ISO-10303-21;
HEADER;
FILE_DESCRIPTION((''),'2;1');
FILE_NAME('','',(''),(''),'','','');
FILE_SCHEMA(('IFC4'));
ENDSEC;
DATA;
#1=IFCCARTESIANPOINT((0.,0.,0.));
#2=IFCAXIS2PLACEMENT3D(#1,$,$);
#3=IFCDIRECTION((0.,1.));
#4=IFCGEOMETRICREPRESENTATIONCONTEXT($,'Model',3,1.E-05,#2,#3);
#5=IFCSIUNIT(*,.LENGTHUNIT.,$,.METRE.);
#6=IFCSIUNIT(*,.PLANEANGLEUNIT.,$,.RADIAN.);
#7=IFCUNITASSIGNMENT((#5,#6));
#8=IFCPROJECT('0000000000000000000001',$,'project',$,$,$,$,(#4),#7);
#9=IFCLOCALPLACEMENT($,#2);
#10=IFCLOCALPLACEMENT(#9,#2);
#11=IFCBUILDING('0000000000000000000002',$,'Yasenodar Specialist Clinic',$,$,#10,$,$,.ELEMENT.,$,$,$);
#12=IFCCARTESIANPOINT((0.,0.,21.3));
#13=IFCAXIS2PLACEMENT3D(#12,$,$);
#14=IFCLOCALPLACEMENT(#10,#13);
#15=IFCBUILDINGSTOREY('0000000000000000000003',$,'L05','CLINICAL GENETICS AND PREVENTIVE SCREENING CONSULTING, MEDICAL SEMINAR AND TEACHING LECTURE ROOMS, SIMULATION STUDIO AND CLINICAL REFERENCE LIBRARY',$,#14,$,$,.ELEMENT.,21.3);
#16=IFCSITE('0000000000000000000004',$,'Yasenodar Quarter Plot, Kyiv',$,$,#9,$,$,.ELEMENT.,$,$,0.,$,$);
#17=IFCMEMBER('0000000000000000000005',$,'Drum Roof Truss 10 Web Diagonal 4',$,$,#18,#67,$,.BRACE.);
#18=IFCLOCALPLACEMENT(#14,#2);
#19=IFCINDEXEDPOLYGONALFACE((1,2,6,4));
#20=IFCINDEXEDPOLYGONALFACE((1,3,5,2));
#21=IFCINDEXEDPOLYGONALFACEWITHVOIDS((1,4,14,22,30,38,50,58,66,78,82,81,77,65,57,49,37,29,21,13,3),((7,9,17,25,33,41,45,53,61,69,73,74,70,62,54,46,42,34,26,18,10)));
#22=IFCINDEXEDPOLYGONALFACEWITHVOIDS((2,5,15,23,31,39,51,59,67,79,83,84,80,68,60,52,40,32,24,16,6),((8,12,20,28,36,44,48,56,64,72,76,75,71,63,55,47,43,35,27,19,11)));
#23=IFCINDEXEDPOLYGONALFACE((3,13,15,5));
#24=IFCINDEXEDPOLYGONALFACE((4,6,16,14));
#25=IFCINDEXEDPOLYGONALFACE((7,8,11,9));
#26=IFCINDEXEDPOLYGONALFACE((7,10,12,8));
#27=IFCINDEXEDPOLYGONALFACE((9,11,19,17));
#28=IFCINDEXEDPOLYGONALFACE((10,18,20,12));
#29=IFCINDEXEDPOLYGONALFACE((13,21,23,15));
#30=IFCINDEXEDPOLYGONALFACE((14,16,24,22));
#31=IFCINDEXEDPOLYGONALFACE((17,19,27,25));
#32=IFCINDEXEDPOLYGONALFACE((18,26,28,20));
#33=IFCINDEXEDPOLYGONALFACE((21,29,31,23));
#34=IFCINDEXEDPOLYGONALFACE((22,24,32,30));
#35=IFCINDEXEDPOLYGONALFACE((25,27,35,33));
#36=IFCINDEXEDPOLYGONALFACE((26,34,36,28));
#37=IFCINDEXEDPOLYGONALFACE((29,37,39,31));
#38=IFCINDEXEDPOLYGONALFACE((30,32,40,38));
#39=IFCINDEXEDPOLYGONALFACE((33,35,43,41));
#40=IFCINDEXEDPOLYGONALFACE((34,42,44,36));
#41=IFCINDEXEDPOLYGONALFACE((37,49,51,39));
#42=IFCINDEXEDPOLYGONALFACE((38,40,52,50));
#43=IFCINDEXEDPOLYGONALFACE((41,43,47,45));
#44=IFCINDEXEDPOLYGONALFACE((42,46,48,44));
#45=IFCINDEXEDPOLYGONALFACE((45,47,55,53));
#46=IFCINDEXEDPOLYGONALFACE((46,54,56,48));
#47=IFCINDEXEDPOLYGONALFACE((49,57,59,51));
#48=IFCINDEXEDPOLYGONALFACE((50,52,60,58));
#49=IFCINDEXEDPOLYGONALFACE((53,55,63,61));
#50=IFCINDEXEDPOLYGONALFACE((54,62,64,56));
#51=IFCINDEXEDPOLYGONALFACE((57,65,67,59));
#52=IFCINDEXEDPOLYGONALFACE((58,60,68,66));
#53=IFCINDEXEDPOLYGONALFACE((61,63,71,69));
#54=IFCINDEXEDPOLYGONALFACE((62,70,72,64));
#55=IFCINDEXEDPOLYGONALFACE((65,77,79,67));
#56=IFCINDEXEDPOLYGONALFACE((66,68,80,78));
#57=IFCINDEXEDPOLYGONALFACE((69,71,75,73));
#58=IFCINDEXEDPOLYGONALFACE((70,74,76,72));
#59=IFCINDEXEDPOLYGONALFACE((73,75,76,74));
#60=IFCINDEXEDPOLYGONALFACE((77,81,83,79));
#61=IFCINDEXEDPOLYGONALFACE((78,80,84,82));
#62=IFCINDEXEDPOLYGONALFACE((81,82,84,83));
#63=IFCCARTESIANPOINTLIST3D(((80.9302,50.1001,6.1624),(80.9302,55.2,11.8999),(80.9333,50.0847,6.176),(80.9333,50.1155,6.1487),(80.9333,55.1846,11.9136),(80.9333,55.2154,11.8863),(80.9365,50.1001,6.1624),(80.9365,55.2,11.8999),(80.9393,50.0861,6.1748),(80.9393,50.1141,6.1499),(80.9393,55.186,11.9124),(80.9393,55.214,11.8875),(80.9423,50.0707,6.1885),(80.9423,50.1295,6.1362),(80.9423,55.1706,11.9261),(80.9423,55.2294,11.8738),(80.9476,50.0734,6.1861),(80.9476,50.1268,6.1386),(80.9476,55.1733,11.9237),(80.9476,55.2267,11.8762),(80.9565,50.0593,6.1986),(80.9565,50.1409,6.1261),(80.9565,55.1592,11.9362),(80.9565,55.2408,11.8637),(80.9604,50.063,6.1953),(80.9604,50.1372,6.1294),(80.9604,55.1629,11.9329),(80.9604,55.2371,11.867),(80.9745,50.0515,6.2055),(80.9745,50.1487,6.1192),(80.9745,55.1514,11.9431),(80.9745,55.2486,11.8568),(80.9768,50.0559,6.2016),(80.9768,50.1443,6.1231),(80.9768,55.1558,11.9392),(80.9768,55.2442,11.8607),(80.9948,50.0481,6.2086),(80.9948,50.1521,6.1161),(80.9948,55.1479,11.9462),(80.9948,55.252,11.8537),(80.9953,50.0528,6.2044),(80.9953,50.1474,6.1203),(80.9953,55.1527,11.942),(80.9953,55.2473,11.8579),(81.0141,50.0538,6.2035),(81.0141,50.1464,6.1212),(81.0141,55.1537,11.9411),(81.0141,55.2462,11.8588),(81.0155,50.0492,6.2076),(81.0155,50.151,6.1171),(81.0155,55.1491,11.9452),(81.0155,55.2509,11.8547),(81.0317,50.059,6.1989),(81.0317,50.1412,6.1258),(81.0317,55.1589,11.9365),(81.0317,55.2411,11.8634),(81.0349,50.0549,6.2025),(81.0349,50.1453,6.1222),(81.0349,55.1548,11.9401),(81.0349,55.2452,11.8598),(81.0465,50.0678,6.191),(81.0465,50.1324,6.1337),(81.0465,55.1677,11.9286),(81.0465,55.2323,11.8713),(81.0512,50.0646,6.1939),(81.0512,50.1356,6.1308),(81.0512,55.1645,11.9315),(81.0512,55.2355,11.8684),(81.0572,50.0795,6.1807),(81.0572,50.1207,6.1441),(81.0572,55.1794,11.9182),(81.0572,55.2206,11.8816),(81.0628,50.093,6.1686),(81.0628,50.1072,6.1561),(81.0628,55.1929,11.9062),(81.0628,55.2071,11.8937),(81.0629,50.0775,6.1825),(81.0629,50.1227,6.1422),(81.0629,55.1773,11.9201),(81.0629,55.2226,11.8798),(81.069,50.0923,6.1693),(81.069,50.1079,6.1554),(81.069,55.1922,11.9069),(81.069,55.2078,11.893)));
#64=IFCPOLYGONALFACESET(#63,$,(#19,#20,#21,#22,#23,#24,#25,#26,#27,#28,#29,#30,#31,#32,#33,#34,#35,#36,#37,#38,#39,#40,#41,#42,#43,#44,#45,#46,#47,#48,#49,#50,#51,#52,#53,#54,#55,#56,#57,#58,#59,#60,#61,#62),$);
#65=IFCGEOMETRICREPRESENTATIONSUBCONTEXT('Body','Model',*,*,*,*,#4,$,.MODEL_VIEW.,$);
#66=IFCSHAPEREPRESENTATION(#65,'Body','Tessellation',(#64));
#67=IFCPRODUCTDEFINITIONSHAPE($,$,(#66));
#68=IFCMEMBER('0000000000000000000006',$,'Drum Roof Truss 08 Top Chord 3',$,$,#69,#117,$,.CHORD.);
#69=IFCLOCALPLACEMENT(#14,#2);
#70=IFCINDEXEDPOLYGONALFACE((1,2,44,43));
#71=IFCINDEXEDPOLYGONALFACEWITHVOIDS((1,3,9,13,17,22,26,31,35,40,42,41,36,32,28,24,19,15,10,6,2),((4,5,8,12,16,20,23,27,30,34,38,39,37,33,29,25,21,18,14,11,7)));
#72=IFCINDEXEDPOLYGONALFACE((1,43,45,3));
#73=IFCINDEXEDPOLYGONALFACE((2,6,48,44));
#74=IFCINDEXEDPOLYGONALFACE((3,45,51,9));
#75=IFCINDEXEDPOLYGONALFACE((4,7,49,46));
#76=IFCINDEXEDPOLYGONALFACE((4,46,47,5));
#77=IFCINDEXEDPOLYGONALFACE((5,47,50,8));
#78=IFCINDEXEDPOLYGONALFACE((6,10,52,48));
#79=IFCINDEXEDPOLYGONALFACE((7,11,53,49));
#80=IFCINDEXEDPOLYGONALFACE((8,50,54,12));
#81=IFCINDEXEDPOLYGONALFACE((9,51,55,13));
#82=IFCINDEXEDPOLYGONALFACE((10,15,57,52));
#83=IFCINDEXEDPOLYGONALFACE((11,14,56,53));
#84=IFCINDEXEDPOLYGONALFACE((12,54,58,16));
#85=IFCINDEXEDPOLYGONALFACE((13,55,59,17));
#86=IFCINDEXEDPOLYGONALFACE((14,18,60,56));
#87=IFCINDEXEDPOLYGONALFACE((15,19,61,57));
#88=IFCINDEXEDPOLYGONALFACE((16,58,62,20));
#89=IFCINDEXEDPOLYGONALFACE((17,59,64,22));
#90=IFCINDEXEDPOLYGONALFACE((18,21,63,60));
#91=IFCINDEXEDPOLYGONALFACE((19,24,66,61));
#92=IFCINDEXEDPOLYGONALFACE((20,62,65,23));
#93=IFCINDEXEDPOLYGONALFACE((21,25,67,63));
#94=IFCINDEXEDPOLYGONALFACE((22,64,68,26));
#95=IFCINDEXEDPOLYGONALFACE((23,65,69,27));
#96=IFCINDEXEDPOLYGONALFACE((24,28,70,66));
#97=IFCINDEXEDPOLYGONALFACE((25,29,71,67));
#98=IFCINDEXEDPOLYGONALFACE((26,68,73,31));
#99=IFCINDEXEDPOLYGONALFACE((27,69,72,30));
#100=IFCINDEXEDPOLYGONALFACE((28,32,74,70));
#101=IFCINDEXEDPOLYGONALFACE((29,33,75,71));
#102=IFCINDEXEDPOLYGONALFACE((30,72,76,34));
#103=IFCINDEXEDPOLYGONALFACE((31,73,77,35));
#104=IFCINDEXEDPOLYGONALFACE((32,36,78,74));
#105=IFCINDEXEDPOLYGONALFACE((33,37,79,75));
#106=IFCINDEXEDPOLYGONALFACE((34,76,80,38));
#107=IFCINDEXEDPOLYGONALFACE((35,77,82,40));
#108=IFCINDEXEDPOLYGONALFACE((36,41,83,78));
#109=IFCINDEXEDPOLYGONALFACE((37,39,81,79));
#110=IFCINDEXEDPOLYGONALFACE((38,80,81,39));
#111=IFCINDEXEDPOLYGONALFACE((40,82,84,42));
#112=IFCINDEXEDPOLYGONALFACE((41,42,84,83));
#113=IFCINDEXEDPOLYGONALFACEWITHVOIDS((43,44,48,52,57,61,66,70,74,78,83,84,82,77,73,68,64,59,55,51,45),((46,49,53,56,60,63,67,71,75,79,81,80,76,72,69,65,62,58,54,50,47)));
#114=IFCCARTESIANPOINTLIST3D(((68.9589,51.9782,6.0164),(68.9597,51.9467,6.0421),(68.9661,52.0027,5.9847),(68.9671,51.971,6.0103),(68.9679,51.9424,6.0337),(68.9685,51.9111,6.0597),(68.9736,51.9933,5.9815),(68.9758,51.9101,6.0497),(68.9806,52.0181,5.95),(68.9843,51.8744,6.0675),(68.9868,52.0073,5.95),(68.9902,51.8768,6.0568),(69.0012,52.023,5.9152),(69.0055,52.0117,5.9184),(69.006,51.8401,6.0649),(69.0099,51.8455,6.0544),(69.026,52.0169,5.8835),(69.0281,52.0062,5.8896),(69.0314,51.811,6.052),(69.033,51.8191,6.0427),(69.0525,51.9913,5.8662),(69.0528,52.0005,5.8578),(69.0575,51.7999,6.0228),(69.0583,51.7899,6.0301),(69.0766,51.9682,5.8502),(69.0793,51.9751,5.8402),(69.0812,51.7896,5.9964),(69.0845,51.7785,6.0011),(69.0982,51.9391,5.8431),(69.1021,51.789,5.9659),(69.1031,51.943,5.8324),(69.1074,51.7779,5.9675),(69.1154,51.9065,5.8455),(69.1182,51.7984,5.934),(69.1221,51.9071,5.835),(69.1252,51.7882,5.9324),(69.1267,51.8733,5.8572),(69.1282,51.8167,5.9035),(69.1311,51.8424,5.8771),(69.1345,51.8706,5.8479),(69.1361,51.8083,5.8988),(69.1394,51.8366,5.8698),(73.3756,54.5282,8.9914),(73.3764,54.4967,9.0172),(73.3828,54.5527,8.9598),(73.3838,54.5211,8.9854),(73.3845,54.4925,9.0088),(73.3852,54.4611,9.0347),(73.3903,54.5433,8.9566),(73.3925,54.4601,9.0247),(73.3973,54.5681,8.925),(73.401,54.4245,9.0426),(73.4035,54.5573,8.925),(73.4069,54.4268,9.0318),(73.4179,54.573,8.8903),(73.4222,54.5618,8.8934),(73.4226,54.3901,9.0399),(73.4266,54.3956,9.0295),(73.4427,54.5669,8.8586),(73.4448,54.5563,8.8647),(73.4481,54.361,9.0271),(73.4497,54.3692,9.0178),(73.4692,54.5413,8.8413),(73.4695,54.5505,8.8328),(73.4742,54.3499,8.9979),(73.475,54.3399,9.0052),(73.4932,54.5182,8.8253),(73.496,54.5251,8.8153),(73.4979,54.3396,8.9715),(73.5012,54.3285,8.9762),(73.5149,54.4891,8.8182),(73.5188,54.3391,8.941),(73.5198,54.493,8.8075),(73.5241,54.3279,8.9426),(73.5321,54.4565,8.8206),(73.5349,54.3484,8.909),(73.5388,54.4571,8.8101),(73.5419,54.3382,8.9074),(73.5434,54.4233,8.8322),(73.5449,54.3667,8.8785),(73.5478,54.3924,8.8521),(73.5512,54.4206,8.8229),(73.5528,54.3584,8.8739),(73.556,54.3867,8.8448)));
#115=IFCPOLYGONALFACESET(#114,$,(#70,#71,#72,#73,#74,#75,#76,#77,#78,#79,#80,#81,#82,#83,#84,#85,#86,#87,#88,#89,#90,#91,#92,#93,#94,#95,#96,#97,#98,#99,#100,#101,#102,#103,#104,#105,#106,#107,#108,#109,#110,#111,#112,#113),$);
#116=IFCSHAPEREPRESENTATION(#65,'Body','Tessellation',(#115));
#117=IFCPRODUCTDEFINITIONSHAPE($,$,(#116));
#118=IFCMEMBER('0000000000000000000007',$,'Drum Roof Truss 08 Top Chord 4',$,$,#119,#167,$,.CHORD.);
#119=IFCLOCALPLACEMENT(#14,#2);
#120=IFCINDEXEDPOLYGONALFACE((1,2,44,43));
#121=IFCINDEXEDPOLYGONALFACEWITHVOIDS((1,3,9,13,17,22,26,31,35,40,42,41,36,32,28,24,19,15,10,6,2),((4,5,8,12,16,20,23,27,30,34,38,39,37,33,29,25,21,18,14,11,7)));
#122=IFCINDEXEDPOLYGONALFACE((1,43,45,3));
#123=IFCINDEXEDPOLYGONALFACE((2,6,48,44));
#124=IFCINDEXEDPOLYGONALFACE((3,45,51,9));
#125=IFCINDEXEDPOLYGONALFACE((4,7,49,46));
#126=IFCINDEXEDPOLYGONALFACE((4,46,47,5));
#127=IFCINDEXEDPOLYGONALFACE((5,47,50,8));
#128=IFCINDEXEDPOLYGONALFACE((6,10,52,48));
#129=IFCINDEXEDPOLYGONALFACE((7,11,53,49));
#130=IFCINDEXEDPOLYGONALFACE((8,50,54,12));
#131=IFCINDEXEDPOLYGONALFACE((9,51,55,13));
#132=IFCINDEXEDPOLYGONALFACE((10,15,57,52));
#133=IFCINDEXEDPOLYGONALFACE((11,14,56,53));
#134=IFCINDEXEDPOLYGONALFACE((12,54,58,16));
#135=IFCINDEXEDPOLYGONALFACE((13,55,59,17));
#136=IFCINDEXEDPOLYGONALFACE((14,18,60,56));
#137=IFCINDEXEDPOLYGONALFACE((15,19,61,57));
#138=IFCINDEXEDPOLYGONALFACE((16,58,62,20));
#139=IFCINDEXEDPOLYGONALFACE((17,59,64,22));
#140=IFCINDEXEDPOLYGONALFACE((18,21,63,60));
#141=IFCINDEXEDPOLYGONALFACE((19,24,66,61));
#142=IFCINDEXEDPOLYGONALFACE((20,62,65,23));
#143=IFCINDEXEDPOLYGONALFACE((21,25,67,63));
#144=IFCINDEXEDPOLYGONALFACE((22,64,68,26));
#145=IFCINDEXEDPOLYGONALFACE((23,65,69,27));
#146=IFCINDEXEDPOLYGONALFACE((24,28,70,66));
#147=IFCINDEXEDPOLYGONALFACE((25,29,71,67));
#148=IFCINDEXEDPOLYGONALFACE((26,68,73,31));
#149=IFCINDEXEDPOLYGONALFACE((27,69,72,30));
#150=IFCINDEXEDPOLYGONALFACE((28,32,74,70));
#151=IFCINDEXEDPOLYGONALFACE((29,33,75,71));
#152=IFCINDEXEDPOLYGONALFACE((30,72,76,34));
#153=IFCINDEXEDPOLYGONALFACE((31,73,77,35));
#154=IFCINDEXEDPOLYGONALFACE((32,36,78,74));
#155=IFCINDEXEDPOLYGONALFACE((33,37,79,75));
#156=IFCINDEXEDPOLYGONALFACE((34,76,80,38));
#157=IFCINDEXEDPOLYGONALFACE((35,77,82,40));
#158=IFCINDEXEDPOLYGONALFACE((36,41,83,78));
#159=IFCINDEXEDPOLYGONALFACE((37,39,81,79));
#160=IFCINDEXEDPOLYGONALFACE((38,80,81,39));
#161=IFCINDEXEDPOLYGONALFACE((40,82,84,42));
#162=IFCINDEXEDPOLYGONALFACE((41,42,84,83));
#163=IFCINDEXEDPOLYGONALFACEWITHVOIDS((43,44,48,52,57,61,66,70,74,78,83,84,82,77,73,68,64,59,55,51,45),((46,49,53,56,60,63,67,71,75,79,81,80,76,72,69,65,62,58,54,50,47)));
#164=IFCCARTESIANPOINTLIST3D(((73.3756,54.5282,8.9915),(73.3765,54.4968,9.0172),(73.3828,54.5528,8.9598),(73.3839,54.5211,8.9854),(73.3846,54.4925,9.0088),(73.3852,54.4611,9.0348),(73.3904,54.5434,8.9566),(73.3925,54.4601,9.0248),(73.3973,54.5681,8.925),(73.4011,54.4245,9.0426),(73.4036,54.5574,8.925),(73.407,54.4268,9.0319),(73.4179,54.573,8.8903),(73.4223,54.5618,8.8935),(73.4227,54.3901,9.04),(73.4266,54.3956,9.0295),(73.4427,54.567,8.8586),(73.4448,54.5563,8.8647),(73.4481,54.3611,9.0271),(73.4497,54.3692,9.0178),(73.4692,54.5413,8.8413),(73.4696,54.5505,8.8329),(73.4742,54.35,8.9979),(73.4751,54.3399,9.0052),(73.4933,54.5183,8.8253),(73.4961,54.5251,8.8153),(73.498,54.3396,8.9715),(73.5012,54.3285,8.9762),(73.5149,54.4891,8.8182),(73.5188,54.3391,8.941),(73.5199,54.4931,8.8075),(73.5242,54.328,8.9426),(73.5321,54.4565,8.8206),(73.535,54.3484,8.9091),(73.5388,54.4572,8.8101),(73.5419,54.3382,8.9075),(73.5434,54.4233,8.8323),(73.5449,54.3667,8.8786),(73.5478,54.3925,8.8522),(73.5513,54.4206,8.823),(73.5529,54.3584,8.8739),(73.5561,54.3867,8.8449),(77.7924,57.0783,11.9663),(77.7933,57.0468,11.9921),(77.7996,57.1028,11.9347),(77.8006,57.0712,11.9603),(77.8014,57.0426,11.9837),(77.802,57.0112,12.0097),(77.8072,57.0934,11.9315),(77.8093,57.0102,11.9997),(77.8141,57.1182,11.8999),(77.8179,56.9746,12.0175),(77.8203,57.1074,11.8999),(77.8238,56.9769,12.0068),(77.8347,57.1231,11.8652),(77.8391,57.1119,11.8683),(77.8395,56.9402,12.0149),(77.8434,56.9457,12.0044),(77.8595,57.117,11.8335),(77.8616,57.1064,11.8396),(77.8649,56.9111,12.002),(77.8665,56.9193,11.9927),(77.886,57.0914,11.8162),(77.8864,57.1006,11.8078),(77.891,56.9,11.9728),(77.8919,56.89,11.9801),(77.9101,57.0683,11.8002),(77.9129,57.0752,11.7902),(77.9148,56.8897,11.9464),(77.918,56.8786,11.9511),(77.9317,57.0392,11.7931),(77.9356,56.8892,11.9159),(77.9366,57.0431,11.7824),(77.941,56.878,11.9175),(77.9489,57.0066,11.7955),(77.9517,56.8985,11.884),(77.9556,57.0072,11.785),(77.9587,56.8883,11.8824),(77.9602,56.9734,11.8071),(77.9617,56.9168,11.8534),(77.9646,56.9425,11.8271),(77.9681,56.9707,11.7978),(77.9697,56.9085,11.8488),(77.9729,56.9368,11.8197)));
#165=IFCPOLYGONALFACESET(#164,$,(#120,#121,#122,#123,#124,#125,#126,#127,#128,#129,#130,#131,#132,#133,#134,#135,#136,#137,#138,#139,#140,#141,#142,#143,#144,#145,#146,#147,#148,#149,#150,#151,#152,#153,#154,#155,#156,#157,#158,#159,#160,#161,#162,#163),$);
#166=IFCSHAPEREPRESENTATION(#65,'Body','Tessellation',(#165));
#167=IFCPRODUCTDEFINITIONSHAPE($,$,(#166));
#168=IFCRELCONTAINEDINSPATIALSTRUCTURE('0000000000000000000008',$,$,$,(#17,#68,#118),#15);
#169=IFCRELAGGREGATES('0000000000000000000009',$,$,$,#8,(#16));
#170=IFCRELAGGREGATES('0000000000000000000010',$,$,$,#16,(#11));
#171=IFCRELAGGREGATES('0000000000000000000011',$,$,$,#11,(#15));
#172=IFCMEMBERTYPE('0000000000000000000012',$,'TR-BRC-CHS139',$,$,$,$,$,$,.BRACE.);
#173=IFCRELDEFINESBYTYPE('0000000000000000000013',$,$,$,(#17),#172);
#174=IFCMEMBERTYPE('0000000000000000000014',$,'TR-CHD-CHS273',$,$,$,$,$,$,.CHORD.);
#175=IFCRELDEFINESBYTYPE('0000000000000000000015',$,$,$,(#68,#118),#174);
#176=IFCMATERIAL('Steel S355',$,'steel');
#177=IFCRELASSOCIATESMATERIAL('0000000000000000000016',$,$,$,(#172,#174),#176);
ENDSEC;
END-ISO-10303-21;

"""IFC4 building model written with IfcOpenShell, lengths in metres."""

from ifc_helpers import new_model, si_unit, direction, frame, origin, origin_2d, place, context, subcontext, project, spatial, hollow_circle, extrude, material, material_profile, profile_set, type_object, element, save


model = new_model("IFC4")

# Units and contexts
model_context = context("Model", 3, precision=1e-05, world=origin(), true_north=direction((0.0, 1.0)))
body_context = subcontext(model_context, "Body", "Model", "MODEL_VIEW")
ifc_project = project(units=[si_unit("LENGTHUNIT", "METRE"), si_unit("PLANEANGLEUNIT", "RADIAN")], contexts=[model_context])

# Site, building, storey
site_placement = place(None, origin())
site = spatial("IfcSite", under=ifc_project, at=site_placement, Name="Yasenodar Quarter Plot, Kyiv", CompositionType="ELEMENT", RefElevation=0.0)
building_placement = place(site_placement, origin())
building = spatial("IfcBuilding", under=site, at=building_placement, Name="Yasenodar Specialist Clinic", CompositionType="ELEMENT")
storey_placement = place(building_placement, frame((0.0, 0.0, 21.3)))
storey = spatial("IfcBuildingStorey", under=building, at=storey_placement, Name="L05", Description="CLINICAL GENETICS AND PREVENTIVE SCREENING CONSULTING, MEDICAL SEMINAR AND TEACHING LECTURE ROOMS, SIMULATION STUDIO AND CLINICAL REFERENCE LIBRARY", CompositionType="ELEMENT", Elevation=21.3)

# Shared definitions
ifc_material = material(Name="Steel S355", Category="steel")

# Members
ifc_material_profile_1 = material_profile(ifc_material, hollow_circle(Radius=0.0698, WallThickness=0.0063, at=origin_2d()), Name="CHS 139.7x6.3")
ifc_profile_set_1 = profile_set([ifc_material_profile_1], Name="Steel S355")
member_type_1 = type_object("IfcMemberType", Name="TR-BRC-CHS139", PredefinedType="BRACE", material=ifc_profile_set_1)
for number, where, z_axis, x_axis, name in (
    (1, (81.0, 50.1001, 6.1624), (0.0, 0.66435, 0.747422), (-1.0, 0.0, 0.0), "Drum Roof Truss 10 Web Diagonal 4"),
):
    element("IfcMember", number, at=place(storey_placement, frame(where, z_axis=z_axis, x_axis=x_axis)), inside=storey, type_object=member_type_1, Name=name, PredefinedType="BRACE", context=body_context, shape_type="SweptSolid", body=[
        extrude(hollow_circle(Radius=0.0698, WallThickness=0.0063, at=origin_2d()), origin(), (0.0, 0.0, 1.0), 7.6765),
    ])
ifc_material_profile_2 = material_profile(ifc_material, hollow_circle(Radius=0.1365, WallThickness=0.0125, at=origin_2d()), Name="CHS 273x12.5")
ifc_profile_set_2 = profile_set([ifc_material_profile_2], Name="Steel S355")
member_type_2 = type_object("IfcMemberType", Name="TR-CHD-CHS273", PredefinedType="CHORD", material=ifc_profile_set_2)
for number, where, z_axis, x_axis, name in (
    (2, (69.0488, 51.8999, 5.95), (0.748047, 0.431892, 0.50388), (-0.500006, 0.866022, 0.0), "Drum Roof Truss 08 Top Chord 3"),
    (3, (73.4656, 54.45, 8.925), (0.748063, 0.431901, 0.50385), (-0.500006, 0.866022, 0.0), "Drum Roof Truss 08 Top Chord 4"),
):
    element("IfcMember", number, at=place(storey_placement, frame(where, z_axis=z_axis, x_axis=x_axis)), inside=storey, type_object=member_type_2, Name=name, PredefinedType="CHORD", context=body_context, shape_type="SweptSolid", body=[
        extrude(hollow_circle(Radius=0.1365, WallThickness=0.0125, at=origin_2d()), origin(), (0.0, 0.0, 1.0), 5.9043),
    ])

save(model, "model.ifc")
